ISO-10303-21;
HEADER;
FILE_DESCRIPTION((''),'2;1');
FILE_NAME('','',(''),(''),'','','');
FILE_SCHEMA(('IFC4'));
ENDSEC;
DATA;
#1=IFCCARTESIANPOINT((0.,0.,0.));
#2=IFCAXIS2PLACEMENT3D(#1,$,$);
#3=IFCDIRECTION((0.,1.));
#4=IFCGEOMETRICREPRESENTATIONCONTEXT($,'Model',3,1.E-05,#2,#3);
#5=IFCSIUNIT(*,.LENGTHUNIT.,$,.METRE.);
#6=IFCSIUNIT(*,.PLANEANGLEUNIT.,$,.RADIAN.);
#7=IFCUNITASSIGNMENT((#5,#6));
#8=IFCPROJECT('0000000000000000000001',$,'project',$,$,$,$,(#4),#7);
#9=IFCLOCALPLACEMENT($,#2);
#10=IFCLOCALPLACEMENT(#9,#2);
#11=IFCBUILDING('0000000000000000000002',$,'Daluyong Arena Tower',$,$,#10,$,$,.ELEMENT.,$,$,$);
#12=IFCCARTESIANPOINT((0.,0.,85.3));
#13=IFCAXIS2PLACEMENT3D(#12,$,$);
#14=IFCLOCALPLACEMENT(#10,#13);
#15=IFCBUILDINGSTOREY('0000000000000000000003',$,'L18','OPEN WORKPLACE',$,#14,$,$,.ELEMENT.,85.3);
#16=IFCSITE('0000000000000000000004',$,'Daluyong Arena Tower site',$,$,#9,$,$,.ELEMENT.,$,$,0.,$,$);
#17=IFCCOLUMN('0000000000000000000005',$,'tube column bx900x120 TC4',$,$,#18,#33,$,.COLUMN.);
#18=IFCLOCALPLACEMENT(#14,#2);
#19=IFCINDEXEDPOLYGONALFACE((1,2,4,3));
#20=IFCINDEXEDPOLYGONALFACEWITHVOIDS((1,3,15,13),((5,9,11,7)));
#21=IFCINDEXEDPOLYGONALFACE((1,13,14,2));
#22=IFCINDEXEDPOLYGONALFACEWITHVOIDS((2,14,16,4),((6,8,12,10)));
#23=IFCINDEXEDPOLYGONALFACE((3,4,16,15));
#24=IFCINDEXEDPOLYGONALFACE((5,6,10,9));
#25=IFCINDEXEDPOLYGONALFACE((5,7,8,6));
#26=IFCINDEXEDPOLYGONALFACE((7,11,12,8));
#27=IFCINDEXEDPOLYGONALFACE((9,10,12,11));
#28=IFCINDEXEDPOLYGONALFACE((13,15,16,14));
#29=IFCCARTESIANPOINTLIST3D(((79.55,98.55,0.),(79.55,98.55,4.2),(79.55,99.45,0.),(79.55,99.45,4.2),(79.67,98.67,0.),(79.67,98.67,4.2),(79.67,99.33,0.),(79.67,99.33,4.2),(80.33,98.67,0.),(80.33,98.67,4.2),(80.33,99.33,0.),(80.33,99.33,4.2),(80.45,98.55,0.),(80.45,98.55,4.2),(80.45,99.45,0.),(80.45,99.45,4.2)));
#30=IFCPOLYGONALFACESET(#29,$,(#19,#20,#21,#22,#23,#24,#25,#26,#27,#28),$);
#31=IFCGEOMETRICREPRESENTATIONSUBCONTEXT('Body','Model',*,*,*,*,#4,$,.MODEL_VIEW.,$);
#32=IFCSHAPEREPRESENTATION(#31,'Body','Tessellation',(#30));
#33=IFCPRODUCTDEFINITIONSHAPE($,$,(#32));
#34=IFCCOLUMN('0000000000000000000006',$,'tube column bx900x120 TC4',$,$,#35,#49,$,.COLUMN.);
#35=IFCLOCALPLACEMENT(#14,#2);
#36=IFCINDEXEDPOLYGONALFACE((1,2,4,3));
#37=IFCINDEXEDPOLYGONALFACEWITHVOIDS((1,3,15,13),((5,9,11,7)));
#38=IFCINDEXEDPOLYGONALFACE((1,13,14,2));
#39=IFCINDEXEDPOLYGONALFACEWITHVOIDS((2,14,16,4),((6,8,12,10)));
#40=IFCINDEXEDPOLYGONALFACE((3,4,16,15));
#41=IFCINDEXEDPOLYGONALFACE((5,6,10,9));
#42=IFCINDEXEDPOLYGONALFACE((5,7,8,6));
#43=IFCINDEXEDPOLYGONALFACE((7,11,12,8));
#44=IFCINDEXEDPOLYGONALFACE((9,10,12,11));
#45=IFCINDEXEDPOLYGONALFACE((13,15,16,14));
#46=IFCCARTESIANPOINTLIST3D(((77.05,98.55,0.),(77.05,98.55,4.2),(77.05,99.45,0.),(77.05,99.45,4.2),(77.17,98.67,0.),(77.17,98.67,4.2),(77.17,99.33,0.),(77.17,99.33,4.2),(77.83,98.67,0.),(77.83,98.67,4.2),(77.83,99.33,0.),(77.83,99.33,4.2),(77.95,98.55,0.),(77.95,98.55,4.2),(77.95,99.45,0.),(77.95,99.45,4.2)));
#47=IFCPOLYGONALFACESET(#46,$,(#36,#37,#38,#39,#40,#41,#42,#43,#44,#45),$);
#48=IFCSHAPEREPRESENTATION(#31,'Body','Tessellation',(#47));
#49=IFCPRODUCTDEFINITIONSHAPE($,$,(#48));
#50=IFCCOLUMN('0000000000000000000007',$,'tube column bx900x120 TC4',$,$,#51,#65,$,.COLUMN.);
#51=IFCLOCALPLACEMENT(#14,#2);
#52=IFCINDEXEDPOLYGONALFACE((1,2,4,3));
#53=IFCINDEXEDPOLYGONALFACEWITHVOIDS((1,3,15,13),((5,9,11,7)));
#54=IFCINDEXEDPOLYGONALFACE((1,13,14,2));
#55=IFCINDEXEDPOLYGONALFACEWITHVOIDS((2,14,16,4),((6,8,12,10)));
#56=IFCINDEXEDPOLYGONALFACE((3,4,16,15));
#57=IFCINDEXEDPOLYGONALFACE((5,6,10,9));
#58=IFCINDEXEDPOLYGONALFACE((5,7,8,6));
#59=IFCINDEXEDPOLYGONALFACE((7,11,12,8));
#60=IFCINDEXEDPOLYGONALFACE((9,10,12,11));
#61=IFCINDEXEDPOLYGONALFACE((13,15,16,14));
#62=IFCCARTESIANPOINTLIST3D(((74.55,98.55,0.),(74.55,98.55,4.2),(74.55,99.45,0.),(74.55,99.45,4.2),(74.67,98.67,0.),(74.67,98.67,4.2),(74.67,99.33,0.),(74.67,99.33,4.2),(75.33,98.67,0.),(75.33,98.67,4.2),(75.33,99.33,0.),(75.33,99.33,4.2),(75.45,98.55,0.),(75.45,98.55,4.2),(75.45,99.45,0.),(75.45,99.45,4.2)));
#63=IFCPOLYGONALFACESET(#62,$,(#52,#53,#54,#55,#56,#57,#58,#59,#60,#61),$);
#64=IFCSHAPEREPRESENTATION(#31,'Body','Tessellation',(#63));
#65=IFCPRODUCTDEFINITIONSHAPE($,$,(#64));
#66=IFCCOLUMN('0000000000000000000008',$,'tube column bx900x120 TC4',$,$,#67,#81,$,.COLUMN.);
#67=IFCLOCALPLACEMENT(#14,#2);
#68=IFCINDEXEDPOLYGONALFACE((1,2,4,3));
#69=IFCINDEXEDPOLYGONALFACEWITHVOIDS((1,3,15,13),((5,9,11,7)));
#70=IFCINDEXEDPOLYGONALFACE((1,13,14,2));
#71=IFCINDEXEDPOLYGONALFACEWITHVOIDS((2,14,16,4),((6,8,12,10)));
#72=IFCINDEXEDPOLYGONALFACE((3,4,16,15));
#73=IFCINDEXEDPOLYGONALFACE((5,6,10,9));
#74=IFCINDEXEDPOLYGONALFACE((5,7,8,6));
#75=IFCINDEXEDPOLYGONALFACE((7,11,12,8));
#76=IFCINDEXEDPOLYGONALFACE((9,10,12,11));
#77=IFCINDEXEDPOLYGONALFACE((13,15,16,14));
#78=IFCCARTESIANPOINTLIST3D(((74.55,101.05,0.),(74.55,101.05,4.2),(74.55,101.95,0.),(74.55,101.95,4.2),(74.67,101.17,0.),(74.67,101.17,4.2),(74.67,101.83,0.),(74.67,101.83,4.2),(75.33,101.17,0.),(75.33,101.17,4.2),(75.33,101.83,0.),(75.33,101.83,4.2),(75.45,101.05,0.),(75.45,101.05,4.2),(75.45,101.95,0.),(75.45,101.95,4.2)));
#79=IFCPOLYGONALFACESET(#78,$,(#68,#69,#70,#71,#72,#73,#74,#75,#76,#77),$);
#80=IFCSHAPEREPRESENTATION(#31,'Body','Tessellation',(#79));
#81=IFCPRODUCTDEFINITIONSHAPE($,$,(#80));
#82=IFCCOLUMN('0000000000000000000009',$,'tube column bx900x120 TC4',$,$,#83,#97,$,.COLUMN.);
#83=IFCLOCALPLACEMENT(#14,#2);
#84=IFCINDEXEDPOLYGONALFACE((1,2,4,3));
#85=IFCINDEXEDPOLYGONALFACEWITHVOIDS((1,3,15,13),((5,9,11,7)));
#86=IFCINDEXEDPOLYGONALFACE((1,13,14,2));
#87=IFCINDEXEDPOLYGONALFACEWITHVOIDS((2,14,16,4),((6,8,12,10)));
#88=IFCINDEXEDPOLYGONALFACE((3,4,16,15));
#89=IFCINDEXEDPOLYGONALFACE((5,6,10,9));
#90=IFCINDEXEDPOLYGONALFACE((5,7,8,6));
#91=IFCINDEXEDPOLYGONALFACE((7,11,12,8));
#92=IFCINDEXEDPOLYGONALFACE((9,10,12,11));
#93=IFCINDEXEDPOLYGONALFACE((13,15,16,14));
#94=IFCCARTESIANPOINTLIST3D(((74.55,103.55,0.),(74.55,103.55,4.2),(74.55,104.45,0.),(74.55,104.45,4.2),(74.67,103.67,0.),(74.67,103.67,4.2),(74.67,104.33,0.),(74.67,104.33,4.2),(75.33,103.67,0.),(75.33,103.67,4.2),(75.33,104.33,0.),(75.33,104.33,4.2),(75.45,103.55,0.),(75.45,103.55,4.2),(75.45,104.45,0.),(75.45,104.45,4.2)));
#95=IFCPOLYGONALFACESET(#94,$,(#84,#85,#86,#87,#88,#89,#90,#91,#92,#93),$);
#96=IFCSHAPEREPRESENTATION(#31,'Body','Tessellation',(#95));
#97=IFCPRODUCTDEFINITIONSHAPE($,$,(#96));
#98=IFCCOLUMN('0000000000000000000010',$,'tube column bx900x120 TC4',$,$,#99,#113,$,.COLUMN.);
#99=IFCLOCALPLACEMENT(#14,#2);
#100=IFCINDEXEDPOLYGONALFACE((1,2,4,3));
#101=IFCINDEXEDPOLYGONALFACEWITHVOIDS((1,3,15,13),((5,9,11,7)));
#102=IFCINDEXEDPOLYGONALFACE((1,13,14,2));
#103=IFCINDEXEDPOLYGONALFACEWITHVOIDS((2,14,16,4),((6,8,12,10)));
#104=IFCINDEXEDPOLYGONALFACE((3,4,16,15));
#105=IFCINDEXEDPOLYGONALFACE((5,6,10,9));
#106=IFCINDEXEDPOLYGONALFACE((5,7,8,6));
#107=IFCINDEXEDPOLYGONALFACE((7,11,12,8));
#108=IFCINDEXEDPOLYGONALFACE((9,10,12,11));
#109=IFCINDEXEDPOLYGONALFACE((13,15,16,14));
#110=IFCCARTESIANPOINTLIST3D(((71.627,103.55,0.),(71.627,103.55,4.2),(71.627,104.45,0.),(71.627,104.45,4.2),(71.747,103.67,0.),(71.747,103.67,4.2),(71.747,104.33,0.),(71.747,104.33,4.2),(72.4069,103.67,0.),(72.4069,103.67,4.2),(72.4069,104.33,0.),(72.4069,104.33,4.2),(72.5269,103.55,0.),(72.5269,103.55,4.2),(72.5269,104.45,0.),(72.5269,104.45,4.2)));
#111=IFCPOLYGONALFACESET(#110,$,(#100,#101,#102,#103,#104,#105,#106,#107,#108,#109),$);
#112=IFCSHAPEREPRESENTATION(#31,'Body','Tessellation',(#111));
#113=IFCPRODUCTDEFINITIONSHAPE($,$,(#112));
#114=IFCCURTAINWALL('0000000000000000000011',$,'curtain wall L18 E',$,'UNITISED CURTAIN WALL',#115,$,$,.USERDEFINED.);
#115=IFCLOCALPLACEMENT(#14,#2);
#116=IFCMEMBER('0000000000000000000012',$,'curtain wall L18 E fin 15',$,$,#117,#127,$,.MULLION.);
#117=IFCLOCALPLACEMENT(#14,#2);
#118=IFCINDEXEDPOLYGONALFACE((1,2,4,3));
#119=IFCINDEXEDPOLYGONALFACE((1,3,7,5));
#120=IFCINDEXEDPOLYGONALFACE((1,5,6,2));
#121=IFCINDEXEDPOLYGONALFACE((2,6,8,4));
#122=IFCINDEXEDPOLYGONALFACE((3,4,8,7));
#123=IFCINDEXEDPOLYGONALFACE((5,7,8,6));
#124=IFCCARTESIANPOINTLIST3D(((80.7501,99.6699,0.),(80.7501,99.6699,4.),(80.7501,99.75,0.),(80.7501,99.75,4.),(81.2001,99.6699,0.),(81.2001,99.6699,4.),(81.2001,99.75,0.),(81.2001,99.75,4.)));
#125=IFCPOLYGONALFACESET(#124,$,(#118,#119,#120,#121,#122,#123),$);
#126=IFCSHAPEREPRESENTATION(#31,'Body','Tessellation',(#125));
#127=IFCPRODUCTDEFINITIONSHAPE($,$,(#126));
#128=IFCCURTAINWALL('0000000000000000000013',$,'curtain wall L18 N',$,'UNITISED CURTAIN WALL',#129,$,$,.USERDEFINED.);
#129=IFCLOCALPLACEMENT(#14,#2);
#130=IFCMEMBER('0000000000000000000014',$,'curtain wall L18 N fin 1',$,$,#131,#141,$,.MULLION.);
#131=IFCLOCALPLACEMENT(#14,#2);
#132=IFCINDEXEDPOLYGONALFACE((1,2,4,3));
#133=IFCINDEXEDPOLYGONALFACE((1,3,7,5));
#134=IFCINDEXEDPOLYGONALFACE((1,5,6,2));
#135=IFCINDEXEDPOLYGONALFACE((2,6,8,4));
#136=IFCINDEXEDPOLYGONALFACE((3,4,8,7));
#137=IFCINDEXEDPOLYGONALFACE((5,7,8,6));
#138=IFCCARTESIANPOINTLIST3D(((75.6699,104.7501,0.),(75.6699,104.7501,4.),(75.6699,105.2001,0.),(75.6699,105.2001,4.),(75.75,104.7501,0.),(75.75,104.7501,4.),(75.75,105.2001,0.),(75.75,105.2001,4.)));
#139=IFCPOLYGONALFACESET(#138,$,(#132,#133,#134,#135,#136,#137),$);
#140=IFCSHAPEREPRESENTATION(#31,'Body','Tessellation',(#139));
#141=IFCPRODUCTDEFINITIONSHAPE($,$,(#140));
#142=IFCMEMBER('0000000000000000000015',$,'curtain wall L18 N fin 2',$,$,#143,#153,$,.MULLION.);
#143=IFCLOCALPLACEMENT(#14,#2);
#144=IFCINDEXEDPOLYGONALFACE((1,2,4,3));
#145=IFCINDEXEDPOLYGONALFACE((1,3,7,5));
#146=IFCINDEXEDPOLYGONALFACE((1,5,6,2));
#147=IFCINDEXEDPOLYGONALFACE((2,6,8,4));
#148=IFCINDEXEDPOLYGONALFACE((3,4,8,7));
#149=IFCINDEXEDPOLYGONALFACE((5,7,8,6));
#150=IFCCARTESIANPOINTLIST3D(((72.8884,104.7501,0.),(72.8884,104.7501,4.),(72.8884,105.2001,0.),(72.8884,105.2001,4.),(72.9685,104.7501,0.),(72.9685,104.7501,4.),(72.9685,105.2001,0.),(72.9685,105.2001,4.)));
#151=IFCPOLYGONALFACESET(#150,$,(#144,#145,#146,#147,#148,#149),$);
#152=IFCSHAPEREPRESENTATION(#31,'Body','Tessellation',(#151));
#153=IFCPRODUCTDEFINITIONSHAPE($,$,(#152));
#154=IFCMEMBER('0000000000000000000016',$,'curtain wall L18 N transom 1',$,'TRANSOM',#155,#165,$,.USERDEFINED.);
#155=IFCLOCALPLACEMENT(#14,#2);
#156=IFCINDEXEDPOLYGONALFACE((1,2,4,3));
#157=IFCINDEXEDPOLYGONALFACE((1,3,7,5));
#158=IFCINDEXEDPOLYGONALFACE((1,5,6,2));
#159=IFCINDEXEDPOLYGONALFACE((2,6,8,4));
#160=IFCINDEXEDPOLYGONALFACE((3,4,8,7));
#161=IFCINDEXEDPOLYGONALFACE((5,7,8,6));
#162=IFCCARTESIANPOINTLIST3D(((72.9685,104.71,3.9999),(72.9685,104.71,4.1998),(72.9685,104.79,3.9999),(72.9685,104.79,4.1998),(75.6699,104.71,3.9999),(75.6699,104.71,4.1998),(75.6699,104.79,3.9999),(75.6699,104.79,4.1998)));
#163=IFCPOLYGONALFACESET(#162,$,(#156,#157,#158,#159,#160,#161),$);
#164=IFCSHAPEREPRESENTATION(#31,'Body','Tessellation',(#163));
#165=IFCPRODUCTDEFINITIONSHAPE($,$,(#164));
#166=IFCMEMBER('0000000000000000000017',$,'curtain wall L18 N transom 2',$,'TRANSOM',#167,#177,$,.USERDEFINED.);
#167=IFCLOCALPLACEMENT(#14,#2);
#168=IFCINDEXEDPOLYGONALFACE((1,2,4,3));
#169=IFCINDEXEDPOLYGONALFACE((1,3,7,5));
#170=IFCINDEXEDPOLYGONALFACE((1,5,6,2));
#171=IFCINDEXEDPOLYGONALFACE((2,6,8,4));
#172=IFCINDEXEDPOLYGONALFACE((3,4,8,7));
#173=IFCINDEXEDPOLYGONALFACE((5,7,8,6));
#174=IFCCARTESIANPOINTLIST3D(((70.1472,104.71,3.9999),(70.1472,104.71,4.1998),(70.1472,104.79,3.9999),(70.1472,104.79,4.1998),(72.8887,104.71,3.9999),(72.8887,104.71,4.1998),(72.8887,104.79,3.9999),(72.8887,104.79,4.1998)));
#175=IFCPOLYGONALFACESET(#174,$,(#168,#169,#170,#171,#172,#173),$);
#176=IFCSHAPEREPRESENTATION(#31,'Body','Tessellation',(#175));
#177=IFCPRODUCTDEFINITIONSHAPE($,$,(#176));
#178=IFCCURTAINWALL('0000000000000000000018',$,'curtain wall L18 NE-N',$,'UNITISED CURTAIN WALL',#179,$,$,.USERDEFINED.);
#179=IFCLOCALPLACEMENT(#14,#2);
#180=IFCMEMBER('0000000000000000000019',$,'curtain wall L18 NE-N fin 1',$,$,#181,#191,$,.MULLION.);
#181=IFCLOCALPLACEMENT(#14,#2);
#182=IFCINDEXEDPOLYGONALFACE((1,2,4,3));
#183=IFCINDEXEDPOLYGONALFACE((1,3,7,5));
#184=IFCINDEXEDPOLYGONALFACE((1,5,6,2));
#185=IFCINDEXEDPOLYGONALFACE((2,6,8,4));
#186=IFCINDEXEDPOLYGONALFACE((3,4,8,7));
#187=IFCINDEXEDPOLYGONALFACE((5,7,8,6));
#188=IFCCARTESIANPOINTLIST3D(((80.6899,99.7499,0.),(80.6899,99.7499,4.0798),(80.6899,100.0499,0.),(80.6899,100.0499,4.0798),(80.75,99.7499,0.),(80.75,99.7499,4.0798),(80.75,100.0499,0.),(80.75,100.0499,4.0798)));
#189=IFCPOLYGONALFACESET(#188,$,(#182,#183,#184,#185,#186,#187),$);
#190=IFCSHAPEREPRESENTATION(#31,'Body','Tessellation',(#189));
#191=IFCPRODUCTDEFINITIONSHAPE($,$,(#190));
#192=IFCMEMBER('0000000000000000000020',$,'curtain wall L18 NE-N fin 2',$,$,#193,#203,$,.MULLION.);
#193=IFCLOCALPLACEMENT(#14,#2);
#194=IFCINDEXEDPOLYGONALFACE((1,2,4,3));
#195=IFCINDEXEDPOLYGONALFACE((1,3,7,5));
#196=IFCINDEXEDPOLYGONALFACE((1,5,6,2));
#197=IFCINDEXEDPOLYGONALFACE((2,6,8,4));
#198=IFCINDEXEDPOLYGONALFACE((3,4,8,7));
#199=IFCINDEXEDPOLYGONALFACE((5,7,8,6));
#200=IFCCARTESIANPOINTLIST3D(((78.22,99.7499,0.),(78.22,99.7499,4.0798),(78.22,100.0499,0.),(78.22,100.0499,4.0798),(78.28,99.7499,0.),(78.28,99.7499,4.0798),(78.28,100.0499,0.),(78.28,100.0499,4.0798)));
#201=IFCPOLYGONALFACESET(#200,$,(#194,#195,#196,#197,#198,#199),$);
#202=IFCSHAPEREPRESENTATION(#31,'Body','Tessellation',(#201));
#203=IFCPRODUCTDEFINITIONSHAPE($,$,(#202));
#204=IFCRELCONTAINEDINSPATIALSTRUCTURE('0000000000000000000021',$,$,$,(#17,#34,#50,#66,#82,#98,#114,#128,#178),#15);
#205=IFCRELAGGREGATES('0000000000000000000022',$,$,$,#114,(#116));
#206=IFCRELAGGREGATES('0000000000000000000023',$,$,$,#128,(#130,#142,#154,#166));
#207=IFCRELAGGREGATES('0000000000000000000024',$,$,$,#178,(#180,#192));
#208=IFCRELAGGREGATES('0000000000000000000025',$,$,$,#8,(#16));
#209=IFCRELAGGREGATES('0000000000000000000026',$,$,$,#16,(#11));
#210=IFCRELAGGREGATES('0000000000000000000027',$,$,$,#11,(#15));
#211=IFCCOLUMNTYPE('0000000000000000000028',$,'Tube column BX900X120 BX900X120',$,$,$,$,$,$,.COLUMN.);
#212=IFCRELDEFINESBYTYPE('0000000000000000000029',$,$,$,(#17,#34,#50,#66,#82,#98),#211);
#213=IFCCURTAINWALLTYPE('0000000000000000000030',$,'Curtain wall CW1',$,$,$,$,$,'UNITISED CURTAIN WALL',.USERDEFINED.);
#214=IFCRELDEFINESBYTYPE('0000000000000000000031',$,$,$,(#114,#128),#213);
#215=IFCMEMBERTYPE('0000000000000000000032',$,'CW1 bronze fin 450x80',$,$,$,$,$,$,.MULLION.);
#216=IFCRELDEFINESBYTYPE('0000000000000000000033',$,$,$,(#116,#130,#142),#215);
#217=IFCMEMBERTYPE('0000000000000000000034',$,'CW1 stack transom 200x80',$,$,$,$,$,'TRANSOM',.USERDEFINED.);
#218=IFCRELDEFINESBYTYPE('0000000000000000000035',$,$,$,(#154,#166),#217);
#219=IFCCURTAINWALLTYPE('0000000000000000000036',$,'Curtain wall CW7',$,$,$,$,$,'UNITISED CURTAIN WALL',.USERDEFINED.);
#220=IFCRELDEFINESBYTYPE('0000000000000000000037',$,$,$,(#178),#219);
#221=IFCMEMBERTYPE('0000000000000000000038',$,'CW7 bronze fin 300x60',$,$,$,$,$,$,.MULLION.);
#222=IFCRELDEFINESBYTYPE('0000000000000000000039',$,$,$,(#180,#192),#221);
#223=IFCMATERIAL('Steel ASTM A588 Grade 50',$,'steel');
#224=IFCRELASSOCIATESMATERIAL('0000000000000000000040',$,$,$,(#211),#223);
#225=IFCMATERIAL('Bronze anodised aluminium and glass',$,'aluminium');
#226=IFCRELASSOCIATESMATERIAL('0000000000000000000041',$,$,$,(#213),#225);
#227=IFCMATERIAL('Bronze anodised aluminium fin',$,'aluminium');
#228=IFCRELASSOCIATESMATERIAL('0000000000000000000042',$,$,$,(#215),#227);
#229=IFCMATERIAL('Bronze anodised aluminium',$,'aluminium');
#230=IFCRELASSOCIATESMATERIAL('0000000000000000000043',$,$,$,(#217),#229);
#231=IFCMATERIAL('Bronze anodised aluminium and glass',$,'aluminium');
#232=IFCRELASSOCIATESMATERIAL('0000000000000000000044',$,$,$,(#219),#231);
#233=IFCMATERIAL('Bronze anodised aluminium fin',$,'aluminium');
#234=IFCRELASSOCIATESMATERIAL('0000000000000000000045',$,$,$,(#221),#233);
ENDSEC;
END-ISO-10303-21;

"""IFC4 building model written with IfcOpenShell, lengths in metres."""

from ifc_helpers import new_model, si_unit, direction, frame, origin, origin_2d, place, context, subcontext, project, spatial, rectangle, hollow_rectangle, extrude, material, material_profile, profile_set, type_object, element, aggregate, save


model = new_model("IFC4")

# Units and contexts
model_context = context("Model", 3, precision=1e-05, world=origin(), true_north=direction((0.0, 1.0)))
body_context = subcontext(model_context, "Body", "Model", "MODEL_VIEW")
ifc_project = project(units=[si_unit("LENGTHUNIT", "METRE"), si_unit("PLANEANGLEUNIT", "RADIAN")], contexts=[model_context])

# Site, building, storey
site_placement = place(None, origin())
site = spatial("IfcSite", under=ifc_project, at=site_placement, Name="Daluyong Arena Tower site", CompositionType="ELEMENT", RefElevation=0.0)
building_placement = place(site_placement, origin())
building = spatial("IfcBuilding", under=site, at=building_placement, Name="Daluyong Arena Tower", CompositionType="ELEMENT")
storey_placement = place(building_placement, frame((0.0, 0.0, 85.3)))
storey = spatial("IfcBuildingStorey", under=building, at=storey_placement, Name="L18", Description="OPEN WORKPLACE", CompositionType="ELEMENT", Elevation=85.3)

# Columns
ifc_material_1 = material(Name="Steel ASTM A588 Grade 50", Category="steel")
ifc_material_profile_1 = material_profile(ifc_material_1, hollow_rectangle(XDim=0.8999, YDim=0.8999, WallThickness=0.12, at=origin_2d()))
ifc_profile_set_1 = profile_set([ifc_material_profile_1], Name="Steel ASTM A588 Grade 50")
column_type = type_object("IfcColumnType", Name="Tube column BX900X120 BX900X120", PredefinedType="COLUMN", material=ifc_profile_set_1)
for number, where, z_axis, x_axis, name in (
    (1, (80.0, 99.0, 0.0), (0.0, 0.0, 1.0), (1.0, 0.0, 0.0), "tube column bx900x120 TC4"),
    (2, (77.5, 99.0, 0.0), (0.0, 0.0, 1.0), (1.0, 0.0, 0.0), "tube column bx900x120 TC4"),
    (3, (75.0, 99.0, 0.0), (0.0, 0.0, 1.0), (0.0, 1.0, 0.0), "tube column bx900x120 TC4"),
    (4, (75.0, 101.5, 0.0), (0.0, 0.0, 1.0), (0.0, 1.0, 0.0), "tube column bx900x120 TC4"),
    (5, (75.0, 104.0, 0.0), (0.0, 0.0, 1.0), (1.0, 0.0, 0.0), "tube column bx900x120 TC4"),
    (6, (72.0769, 104.0, 0.0), (0.0, 0.0, 1.0), (1.0, 0.0, 0.0), "tube column bx900x120 TC4"),
):
    element("IfcColumn", number, at=place(storey_placement, frame(where, z_axis=z_axis, x_axis=x_axis)), inside=storey, type_object=column_type, Name=name, PredefinedType="COLUMN", context=body_context, shape_type="SweptSolid", body=[
        extrude(hollow_rectangle(XDim=0.8999, YDim=0.8999, WallThickness=0.12, at=origin_2d()), origin(), (0.0, 0.0, 1.0), 4.2),
    ])

# Curtain wall, member
ifc_material_2 = material(Name="Bronze anodised aluminium and glass", Category="aluminium")
curtain_wall_type_1 = type_object("IfcCurtainWallType", Name="Curtain wall CW1", ElementType="UNITISED CURTAIN WALL", PredefinedType="USERDEFINED", material=ifc_material_2)
curtain_wall_1_placement = place(storey_placement, origin())
curtain_wall_1 = element("IfcCurtainWall", 7, at=curtain_wall_1_placement, inside=storey, type_object=curtain_wall_type_1, Name="curtain wall L18 E", ObjectType="UNITISED CURTAIN WALL", PredefinedType="USERDEFINED")
ifc_material_3 = material(Name="Bronze anodised aluminium fin", Category="aluminium")
ifc_material_profile_2 = material_profile(ifc_material_3, rectangle(XDim=0.45, YDim=0.0801, at=origin_2d()))
ifc_profile_set_2 = profile_set([ifc_material_profile_2], Name="Bronze anodised aluminium fin")
member_type_1 = type_object("IfcMemberType", Name="CW1 bronze fin 450x80", PredefinedType="MULLION", material=ifc_profile_set_2)
member_1_placement = place(storey_placement, frame((80.9751, 99.71, 0.0), z_axis=(0.0, 0.0, 1.0), x_axis=(-1.0, 0.0, 0.0)))
member_1 = element("IfcMember", 8, at=member_1_placement, type_object=member_type_1, Name="curtain wall L18 E fin 15", PredefinedType="MULLION", context=body_context, shape_type="SweptSolid", body=[
    extrude(rectangle(XDim=0.45, YDim=0.0801, at=origin_2d()), origin(), (0.0, 0.0, 1.0), 4.0),
])
aggregate(curtain_wall_1, [member_1])

# Curtain walls, members
curtain_wall_2_placement = place(storey_placement, origin())
curtain_wall_2 = element("IfcCurtainWall", 9, at=curtain_wall_2_placement, inside=storey, type_object=curtain_wall_type_1, Name="curtain wall L18 N", ObjectType="UNITISED CURTAIN WALL", PredefinedType="USERDEFINED")
member_2_placement = place(storey_placement, frame((75.71, 104.9751, 0.0), z_axis=(0.0, 0.0, 1.0), x_axis=(0.0, -1.0, 0.0)))
member_2 = element("IfcMember", 10, at=member_2_placement, type_object=member_type_1, Name="curtain wall L18 N fin 1", PredefinedType="MULLION", context=body_context, shape_type="SweptSolid", body=[
    extrude(rectangle(XDim=0.45, YDim=0.0801, at=origin_2d()), origin(), (0.0, 0.0, 1.0), 4.0),
])
member_3_placement = place(storey_placement, frame((72.9285, 104.9751, 0.0), z_axis=(0.0, 0.0, 1.0), x_axis=(0.0, -1.0, 0.0)))
member_3 = element("IfcMember", 11, at=member_3_placement, type_object=member_type_1, Name="curtain wall L18 N fin 2", PredefinedType="MULLION", context=body_context, shape_type="SweptSolid", body=[
    extrude(rectangle(XDim=0.45, YDim=0.0801, at=origin_2d()), origin(), (0.0, 0.0, 1.0), 4.0),
])
ifc_material_4 = material(Name="Bronze anodised aluminium", Category="aluminium")
ifc_material_profile_3 = material_profile(ifc_material_4, rectangle(XDim=0.0801, YDim=0.2, at=origin_2d()))
ifc_profile_set_3 = profile_set([ifc_material_profile_3], Name="Bronze anodised aluminium")
member_type_2 = type_object("IfcMemberType", Name="CW1 stack transom 200x80", ElementType="TRANSOM", PredefinedType="USERDEFINED", material=ifc_profile_set_3)
member_4_placement = place(storey_placement, frame((75.6699, 104.75, 4.0999), z_axis=(-1.0, 0.0, 0.0), x_axis=(0.0, -1.0, 0.0)))
member_4 = element("IfcMember", 12, at=member_4_placement, type_object=member_type_2, Name="curtain wall L18 N transom 1", ObjectType="TRANSOM", PredefinedType="USERDEFINED", context=body_context, shape_type="SweptSolid", body=[
    extrude(rectangle(XDim=0.0801, YDim=0.2, at=origin_2d()), origin(), (0.0, 0.0, 1.0), 2.7014),
])
member_5_placement = place(storey_placement, frame((72.8887, 104.75, 4.0999), z_axis=(-1.0, 0.0, 0.0), x_axis=(0.0, -1.0, 0.0)))
member_5 = element("IfcMember", 13, at=member_5_placement, type_object=member_type_2, Name="curtain wall L18 N transom 2", ObjectType="TRANSOM", PredefinedType="USERDEFINED", context=body_context, shape_type="SweptSolid", body=[
    extrude(rectangle(XDim=0.0801, YDim=0.2, at=origin_2d()), origin(), (0.0, 0.0, 1.0), 2.7415),
])
ifc_material_5 = material(Name="Bronze anodised aluminium and glass", Category="aluminium")
curtain_wall_type_2 = type_object("IfcCurtainWallType", Name="Curtain wall CW7", ElementType="UNITISED CURTAIN WALL", PredefinedType="USERDEFINED", material=ifc_material_5)
curtain_wall_3_placement = place(storey_placement, origin())
curtain_wall_3 = element("IfcCurtainWall", 14, at=curtain_wall_3_placement, inside=storey, type_object=curtain_wall_type_2, Name="curtain wall L18 NE-N", ObjectType="UNITISED CURTAIN WALL", PredefinedType="USERDEFINED")
ifc_material_6 = material(Name="Bronze anodised aluminium fin", Category="aluminium")
ifc_material_profile_4 = material_profile(ifc_material_6, rectangle(XDim=0.3, YDim=0.0601, at=origin_2d()))
ifc_profile_set_4 = profile_set([ifc_material_profile_4], Name="Bronze anodised aluminium fin")
member_type_3 = type_object("IfcMemberType", Name="CW7 bronze fin 300x60", PredefinedType="MULLION", material=ifc_profile_set_4)
member_6_placement = place(storey_placement, frame((80.72, 99.8999, 0.0), z_axis=(0.0, 0.0, 1.0), x_axis=(0.0, -1.0, 0.0)))
member_6 = element("IfcMember", 15, at=member_6_placement, type_object=member_type_3, Name="curtain wall L18 NE-N fin 1", PredefinedType="MULLION", context=body_context, shape_type="SweptSolid", body=[
    extrude(rectangle(XDim=0.3, YDim=0.0601, at=origin_2d()), origin(), (0.0, 0.0, 1.0), 4.0798),
])
member_7_placement = place(storey_placement, frame((78.25, 99.8999, 0.0), z_axis=(0.0, 0.0, 1.0), x_axis=(0.0, -1.0, 0.0)))
member_7 = element("IfcMember", 16, at=member_7_placement, type_object=member_type_3, Name="curtain wall L18 NE-N fin 2", PredefinedType="MULLION", context=body_context, shape_type="SweptSolid", body=[
    extrude(rectangle(XDim=0.3, YDim=0.0601, at=origin_2d()), origin(), (0.0, 0.0, 1.0), 4.0798),
])

aggregate(curtain_wall_2, [member_2, member_3, member_4, member_5])
aggregate(curtain_wall_3, [member_6, member_7])

save(model, "model.ifc")
